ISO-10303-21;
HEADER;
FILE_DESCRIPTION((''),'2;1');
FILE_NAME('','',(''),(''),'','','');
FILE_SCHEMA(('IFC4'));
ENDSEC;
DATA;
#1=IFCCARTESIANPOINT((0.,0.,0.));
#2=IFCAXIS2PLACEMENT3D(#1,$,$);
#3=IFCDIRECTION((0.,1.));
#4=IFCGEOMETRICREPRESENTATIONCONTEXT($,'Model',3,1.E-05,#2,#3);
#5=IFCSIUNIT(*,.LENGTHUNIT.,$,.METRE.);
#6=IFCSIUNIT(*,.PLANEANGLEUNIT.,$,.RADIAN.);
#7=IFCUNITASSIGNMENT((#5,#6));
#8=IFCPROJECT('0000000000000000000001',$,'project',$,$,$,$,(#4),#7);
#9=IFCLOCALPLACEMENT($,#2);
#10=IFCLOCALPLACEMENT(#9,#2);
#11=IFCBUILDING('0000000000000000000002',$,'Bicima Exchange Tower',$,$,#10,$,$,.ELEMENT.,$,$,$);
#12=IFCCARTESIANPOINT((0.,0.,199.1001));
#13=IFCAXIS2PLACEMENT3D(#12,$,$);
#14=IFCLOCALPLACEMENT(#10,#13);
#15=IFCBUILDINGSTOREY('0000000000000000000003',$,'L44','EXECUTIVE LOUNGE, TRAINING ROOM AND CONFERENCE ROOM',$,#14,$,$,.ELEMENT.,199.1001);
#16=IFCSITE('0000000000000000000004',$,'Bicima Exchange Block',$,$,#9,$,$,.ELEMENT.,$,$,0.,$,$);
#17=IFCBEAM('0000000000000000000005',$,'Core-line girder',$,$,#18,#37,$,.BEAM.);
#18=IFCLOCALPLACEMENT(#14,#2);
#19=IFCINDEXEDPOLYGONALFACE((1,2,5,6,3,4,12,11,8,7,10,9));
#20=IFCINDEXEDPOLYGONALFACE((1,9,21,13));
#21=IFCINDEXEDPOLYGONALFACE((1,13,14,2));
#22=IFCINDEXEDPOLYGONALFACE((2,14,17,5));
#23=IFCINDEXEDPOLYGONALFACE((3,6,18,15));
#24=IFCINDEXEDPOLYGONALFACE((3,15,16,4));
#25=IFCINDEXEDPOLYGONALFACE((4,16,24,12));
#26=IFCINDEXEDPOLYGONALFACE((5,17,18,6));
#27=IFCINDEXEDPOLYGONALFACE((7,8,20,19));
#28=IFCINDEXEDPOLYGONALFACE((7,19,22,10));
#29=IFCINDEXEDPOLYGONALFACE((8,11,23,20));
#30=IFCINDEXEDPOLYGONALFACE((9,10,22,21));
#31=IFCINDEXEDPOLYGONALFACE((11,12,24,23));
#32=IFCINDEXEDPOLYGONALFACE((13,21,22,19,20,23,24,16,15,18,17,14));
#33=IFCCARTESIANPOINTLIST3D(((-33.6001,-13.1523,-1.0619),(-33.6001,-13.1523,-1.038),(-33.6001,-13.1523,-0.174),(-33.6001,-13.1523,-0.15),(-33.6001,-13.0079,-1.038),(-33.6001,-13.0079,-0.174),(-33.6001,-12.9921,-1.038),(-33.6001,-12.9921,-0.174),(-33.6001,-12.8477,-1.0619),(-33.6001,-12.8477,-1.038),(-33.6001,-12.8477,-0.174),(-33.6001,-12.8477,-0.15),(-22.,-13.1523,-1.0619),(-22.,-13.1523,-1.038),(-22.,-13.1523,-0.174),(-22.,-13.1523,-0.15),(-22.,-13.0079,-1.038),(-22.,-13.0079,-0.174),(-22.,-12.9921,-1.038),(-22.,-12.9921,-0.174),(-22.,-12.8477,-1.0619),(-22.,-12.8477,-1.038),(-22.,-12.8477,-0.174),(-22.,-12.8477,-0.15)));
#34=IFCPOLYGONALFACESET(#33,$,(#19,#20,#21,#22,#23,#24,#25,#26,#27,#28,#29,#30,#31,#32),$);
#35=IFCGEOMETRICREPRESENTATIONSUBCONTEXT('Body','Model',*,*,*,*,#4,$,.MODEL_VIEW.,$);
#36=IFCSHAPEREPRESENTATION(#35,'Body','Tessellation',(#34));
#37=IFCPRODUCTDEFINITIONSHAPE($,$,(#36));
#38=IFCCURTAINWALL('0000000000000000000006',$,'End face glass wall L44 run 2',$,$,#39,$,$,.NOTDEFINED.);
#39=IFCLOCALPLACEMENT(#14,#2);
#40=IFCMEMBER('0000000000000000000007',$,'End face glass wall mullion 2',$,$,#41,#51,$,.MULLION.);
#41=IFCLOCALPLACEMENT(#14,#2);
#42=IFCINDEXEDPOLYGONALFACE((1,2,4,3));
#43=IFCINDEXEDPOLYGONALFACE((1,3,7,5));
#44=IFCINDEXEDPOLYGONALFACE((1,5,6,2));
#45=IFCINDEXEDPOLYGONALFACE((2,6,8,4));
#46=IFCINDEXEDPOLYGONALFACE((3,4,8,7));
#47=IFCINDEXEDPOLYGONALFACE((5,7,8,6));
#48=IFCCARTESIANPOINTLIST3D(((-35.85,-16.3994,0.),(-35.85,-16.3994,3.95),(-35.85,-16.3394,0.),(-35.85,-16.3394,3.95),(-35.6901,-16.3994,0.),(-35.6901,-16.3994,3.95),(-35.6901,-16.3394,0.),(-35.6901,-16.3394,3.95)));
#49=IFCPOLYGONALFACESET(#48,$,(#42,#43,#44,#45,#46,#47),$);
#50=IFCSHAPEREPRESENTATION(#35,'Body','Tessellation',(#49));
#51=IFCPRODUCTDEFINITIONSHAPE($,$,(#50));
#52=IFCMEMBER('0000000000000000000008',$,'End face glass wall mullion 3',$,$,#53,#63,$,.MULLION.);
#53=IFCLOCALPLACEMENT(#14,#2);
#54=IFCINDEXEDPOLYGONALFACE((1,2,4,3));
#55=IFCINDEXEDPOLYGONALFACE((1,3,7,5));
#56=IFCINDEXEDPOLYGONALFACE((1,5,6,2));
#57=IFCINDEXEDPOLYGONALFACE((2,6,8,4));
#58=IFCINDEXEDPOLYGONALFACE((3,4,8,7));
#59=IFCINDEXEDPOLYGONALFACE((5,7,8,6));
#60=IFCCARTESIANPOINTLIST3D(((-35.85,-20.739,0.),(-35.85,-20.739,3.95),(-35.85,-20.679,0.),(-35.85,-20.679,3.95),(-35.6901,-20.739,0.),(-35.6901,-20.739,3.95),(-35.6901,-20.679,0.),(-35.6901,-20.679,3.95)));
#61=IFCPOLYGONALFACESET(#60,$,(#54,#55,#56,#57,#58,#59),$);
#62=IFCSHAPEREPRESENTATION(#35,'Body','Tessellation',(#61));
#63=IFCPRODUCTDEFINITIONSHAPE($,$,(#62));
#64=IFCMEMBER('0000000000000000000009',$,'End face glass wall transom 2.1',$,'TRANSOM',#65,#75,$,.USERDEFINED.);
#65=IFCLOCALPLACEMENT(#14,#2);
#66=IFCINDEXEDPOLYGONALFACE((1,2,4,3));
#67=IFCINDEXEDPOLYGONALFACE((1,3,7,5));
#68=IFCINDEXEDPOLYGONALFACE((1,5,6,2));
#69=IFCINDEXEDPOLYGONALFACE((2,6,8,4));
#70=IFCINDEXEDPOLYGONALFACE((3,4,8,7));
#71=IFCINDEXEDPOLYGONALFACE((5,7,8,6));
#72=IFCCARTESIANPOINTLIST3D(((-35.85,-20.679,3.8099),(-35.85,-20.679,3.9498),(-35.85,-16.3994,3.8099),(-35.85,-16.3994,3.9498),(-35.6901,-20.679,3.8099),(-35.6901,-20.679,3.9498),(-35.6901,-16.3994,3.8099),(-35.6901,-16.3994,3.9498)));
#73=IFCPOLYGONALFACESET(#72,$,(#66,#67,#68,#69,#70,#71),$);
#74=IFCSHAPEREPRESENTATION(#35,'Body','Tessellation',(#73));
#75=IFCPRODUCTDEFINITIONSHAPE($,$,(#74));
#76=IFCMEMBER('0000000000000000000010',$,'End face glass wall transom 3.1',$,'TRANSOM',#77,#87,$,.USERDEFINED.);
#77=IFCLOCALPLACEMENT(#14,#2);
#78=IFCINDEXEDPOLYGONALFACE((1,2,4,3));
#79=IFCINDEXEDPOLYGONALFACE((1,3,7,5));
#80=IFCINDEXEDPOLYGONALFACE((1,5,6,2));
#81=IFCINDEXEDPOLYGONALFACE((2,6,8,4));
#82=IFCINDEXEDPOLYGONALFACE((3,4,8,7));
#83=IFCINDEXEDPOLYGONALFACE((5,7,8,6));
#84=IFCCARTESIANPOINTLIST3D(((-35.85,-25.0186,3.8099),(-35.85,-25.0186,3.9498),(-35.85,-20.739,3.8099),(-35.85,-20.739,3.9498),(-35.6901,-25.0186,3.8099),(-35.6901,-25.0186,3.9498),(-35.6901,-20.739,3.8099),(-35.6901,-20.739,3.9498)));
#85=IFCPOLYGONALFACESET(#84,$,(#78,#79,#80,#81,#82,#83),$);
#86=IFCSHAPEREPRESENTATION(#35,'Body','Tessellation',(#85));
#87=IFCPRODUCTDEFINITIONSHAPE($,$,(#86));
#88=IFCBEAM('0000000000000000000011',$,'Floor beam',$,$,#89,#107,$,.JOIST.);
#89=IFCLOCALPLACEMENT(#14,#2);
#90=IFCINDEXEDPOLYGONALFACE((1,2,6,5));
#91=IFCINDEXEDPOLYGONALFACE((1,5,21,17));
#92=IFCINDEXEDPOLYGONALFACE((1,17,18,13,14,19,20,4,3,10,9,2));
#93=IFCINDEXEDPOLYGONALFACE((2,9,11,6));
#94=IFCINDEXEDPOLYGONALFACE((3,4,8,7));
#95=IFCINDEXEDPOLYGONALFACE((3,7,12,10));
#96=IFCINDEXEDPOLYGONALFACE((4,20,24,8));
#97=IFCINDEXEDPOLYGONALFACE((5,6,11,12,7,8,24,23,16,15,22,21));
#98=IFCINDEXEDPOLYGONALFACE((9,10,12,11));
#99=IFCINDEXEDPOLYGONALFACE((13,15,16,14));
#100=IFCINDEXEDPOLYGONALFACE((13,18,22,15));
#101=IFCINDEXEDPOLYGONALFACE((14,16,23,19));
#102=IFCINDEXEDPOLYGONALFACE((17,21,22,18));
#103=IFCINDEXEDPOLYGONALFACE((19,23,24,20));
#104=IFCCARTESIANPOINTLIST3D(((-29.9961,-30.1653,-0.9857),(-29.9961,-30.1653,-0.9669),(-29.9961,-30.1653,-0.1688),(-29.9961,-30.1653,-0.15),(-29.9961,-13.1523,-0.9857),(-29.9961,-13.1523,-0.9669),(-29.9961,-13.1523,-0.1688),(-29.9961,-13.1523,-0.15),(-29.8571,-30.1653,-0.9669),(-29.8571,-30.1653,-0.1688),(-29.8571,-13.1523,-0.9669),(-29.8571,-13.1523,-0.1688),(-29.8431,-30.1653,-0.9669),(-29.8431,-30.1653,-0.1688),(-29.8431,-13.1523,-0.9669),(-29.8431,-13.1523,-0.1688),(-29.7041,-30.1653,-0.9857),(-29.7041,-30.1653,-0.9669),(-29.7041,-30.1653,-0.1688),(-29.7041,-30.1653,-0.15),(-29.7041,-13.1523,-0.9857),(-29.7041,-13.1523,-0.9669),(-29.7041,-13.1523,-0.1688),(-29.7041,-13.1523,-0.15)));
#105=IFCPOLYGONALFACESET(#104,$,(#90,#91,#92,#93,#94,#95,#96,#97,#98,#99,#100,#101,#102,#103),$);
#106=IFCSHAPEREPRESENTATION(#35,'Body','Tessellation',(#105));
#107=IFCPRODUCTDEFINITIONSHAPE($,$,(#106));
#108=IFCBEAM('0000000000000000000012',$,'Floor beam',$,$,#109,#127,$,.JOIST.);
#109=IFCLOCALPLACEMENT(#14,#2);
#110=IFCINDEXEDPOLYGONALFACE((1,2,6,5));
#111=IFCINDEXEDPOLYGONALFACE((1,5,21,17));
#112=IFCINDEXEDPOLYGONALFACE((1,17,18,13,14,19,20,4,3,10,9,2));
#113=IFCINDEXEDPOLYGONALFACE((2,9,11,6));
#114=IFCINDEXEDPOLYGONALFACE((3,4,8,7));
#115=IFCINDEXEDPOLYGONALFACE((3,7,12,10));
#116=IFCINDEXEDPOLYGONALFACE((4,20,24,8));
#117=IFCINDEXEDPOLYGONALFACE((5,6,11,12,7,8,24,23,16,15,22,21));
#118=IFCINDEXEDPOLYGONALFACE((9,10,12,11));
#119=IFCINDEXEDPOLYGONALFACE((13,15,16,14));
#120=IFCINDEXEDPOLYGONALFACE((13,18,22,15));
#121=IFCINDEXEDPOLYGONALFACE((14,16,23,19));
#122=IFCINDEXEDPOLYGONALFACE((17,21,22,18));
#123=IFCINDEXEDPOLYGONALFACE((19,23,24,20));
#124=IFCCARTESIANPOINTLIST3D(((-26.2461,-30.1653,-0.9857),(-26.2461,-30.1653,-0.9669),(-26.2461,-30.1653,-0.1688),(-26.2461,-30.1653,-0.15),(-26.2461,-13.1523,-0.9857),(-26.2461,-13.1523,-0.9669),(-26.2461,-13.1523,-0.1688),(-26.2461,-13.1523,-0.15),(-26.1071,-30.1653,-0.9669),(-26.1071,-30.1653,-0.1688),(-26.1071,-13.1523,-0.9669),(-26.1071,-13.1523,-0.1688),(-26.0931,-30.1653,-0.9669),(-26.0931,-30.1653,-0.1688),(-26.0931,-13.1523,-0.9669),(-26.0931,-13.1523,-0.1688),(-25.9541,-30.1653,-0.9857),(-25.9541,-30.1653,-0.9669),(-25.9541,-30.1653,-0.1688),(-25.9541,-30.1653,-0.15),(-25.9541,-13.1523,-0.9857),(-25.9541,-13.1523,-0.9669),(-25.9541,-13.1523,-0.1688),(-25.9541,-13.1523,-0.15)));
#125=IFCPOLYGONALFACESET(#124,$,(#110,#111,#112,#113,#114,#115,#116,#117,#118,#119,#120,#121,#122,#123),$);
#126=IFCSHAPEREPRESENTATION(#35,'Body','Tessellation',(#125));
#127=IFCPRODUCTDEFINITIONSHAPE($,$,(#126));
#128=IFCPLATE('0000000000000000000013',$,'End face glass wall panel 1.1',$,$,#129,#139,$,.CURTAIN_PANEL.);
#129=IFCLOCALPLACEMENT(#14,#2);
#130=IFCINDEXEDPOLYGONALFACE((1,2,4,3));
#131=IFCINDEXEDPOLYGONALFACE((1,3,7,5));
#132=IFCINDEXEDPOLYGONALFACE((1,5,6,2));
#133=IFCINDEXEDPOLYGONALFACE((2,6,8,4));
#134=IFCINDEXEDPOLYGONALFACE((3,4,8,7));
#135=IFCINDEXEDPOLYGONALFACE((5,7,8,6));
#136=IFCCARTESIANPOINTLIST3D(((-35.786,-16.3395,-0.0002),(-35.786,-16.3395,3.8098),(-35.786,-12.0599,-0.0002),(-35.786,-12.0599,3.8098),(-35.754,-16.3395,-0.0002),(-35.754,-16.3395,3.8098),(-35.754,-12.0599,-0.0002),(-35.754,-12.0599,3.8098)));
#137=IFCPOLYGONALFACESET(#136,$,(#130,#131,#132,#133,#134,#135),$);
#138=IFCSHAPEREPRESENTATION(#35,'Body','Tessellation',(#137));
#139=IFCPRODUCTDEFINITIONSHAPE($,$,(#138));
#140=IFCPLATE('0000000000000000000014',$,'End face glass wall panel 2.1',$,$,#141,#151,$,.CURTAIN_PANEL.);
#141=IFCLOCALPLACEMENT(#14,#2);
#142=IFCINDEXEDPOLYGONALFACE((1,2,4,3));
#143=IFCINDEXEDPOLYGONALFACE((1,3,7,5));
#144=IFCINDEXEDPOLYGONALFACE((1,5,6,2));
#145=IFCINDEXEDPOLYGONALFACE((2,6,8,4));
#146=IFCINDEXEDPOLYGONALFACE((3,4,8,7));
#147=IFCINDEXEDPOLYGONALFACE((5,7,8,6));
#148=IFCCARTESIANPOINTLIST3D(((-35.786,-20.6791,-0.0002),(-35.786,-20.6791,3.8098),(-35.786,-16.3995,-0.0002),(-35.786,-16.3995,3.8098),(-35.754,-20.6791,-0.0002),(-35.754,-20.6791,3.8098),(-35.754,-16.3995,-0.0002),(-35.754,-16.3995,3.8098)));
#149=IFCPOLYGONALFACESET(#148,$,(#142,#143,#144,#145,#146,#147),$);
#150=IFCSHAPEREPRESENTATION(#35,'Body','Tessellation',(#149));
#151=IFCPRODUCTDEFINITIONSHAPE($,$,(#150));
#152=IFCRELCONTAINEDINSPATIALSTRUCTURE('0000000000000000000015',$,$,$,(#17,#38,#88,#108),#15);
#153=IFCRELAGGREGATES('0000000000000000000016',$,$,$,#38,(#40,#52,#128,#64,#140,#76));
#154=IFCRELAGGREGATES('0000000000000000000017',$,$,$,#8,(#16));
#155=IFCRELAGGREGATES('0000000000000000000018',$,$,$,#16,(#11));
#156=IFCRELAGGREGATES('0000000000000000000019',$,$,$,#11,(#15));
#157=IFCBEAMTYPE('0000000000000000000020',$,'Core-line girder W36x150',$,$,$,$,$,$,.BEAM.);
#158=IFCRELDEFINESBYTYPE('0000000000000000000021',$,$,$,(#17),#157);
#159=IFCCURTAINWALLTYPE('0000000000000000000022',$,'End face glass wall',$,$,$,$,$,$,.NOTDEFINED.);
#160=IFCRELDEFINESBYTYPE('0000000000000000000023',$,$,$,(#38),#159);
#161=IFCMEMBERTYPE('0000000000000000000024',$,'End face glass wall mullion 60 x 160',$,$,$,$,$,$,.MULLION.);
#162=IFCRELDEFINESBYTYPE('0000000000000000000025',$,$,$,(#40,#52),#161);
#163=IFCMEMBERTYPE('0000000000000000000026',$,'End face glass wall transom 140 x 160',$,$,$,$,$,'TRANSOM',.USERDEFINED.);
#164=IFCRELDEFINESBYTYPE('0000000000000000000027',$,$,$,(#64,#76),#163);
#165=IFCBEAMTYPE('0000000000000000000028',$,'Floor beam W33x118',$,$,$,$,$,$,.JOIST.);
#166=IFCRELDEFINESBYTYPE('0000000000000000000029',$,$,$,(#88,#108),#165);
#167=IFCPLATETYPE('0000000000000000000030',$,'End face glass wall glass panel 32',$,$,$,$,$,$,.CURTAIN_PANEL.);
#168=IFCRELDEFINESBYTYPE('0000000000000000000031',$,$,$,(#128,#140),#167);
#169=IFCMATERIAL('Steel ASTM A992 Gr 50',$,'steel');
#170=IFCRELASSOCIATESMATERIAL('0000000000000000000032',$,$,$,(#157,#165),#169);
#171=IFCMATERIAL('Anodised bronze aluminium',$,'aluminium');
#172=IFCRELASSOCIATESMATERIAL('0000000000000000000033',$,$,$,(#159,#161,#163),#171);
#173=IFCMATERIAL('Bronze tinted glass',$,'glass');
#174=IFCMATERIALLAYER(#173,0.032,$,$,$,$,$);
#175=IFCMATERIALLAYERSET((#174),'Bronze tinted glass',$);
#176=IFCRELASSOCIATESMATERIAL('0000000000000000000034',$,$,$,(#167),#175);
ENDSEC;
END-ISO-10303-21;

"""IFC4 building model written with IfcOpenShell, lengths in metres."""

from ifc_helpers import new_model, si_unit, direction, frame, origin, origin_2d, place, context, subcontext, project, spatial, rectangle, i_section, extrude, material, layer, layer_set, material_profile, profile_set, type_object, element, aggregate, save


model = new_model("IFC4")

# Units and contexts
model_context = context("Model", 3, precision=1e-05, world=origin(), true_north=direction((0.0, 1.0)))
body_context = subcontext(model_context, "Body", "Model", "MODEL_VIEW")
ifc_project = project(units=[si_unit("LENGTHUNIT", "METRE"), si_unit("PLANEANGLEUNIT", "RADIAN")], contexts=[model_context])

# Site, building, storey
site_placement = place(None, origin())
site = spatial("IfcSite", under=ifc_project, at=site_placement, Name="Bicima Exchange Block", CompositionType="ELEMENT", RefElevation=0.0)
building_placement = place(site_placement, origin())
building = spatial("IfcBuilding", under=site, at=building_placement, Name="Bicima Exchange Tower", CompositionType="ELEMENT")
storey_placement = place(building_placement, frame((0.0, 0.0, 199.1001)))
storey = spatial("IfcBuildingStorey", under=building, at=storey_placement, Name="L44", Description="EXECUTIVE LOUNGE, TRAINING ROOM AND CONFERENCE ROOM", CompositionType="ELEMENT", Elevation=199.1001)

# Beam
ifc_material_1 = material(Name="Steel ASTM A992 Gr 50", Category="steel")
ifc_material_profile_1 = material_profile(ifc_material_1, i_section(OverallWidth=0.3047, OverallDepth=0.9119, WebThickness=0.0159, FlangeThickness=0.0239, at=origin_2d()))
ifc_profile_set_1 = profile_set([ifc_material_profile_1], Name="Steel ASTM A992 Gr 50")
beam_type_1 = type_object("IfcBeamType", Name="Core-line girder W36x150", PredefinedType="BEAM", material=ifc_profile_set_1)
beam_placement = place(storey_placement, frame((-22.0, -13.0, -0.606), z_axis=(-1.0, 0.0, 0.0), x_axis=(0.0, -1.0, 0.0)))
element("IfcBeam", 1, at=beam_placement, inside=storey, type_object=beam_type_1, Name="Core-line girder", PredefinedType="BEAM", context=body_context, shape_type="SweptSolid", body=[
    extrude(i_section(OverallWidth=0.3047, OverallDepth=0.9119, WebThickness=0.0159, FlangeThickness=0.0239, at=origin_2d()), origin(), (0.0, 0.0, 1.0), 11.6001),
])

# Curtain wall, members
ifc_material_2 = material(Name="Anodised bronze aluminium", Category="aluminium")
curtain_wall_type = type_object("IfcCurtainWallType", Name="End face glass wall", PredefinedType="NOTDEFINED", material=ifc_material_2)
curtain_wall_placement = place(storey_placement, origin())
curtain_wall = element("IfcCurtainWall", 2, at=curtain_wall_placement, inside=storey, type_object=curtain_wall_type, Name="End face glass wall L44 run 2", PredefinedType="NOTDEFINED")
ifc_material_profile_2 = material_profile(ifc_material_2, rectangle(XDim=0.1599, YDim=0.0601, at=origin_2d()))
ifc_profile_set_2 = profile_set([ifc_material_profile_2], Name="Anodised bronze aluminium")
member_type_1 = type_object("IfcMemberType", Name="End face glass wall mullion 60 x 160", PredefinedType="MULLION", material=ifc_profile_set_2)
member_1_placement = place(storey_placement, frame((-35.77, -16.3694, 0.0), z_axis=(0.0, 0.0, 1.0), x_axis=(1.0, 0.0, 0.0)))
member_1 = element("IfcMember", 3, at=member_1_placement, type_object=member_type_1, Name="End face glass wall mullion 2", PredefinedType="MULLION", context=body_context, shape_type="SweptSolid", body=[
    extrude(rectangle(XDim=0.1599, YDim=0.0601, at=origin_2d()), origin(), (0.0, 0.0, 1.0), 3.95),
])
member_2_placement = place(storey_placement, frame((-35.77, -20.709, 0.0), z_axis=(0.0, 0.0, 1.0), x_axis=(1.0, 0.0, 0.0)))
member_2 = element("IfcMember", 4, at=member_2_placement, type_object=member_type_1, Name="End face glass wall mullion 3", PredefinedType="MULLION", context=body_context, shape_type="SweptSolid", body=[
    extrude(rectangle(XDim=0.1599, YDim=0.0601, at=origin_2d()), origin(), (0.0, 0.0, 1.0), 3.95),
])
ifc_material_profile_3 = material_profile(ifc_material_2, rectangle(XDim=0.1599, YDim=0.1399, at=origin_2d()))
ifc_profile_set_3 = profile_set([ifc_material_profile_3], Name="Anodised bronze aluminium")
member_type_2 = type_object("IfcMemberType", Name="End face glass wall transom 140 x 160", ElementType="TRANSOM", PredefinedType="USERDEFINED", material=ifc_profile_set_3)
member_3_placement = place(storey_placement, frame((-35.77, -16.3994, 3.8799), z_axis=(0.0, -1.0, 0.0), x_axis=(1.0, 0.0, 0.0)))
member_3 = element("IfcMember", 5, at=member_3_placement, type_object=member_type_2, Name="End face glass wall transom 2.1", ObjectType="TRANSOM", PredefinedType="USERDEFINED", context=body_context, shape_type="SweptSolid", body=[
    extrude(rectangle(XDim=0.1599, YDim=0.1399, at=origin_2d()), origin(), (0.0, 0.0, 1.0), 4.2795),
])
member_4_placement = place(storey_placement, frame((-35.77, -20.739, 3.8799), z_axis=(0.0, -1.0, 0.0), x_axis=(1.0, 0.0, 0.0)))
member_4 = element("IfcMember", 6, at=member_4_placement, type_object=member_type_2, Name="End face glass wall transom 3.1", ObjectType="TRANSOM", PredefinedType="USERDEFINED", context=body_context, shape_type="SweptSolid", body=[
    extrude(rectangle(XDim=0.1599, YDim=0.1399, at=origin_2d()), origin(), (0.0, 0.0, 1.0), 4.2795),
])

# Beams
ifc_material_profile_4 = material_profile(ifc_material_1, i_section(OverallWidth=0.292, OverallDepth=0.8357, WebThickness=0.0139, FlangeThickness=0.0188, at=origin_2d()))
ifc_profile_set_4 = profile_set([ifc_material_profile_4], Name="Steel ASTM A992 Gr 50")
beam_type_2 = type_object("IfcBeamType", Name="Floor beam W33x118", PredefinedType="JOIST", material=ifc_profile_set_4)
for number, where, z_axis, x_axis, name in (
    (7, (-29.8501, -13.1523, -0.5679), (0.0, -1.0, 0.0), (1.0, 0.0, 0.0), "Floor beam"),
    (8, (-26.1001, -13.1523, -0.5679), (0.0, -1.0, 0.0), (1.0, 0.0, 0.0), "Floor beam"),
):
    element("IfcBeam", number, at=place(storey_placement, frame(where, z_axis=z_axis, x_axis=x_axis)), inside=storey, type_object=beam_type_2, Name=name, PredefinedType="JOIST", context=body_context, shape_type="SweptSolid", body=[
        extrude(i_section(OverallWidth=0.292, OverallDepth=0.8357, WebThickness=0.0139, FlangeThickness=0.0188, at=origin_2d()), origin(), (0.0, 0.0, 1.0), 17.0129),
    ])

# Plates
ifc_material_3 = material(Name="Bronze tinted glass", Category="glass")
ifc_layer_1 = layer(ifc_material_3, 0.032)
ifc_layer_set_1 = layer_set([ifc_layer_1], Name="Bronze tinted glass")
plate_type = type_object("IfcPlateType", Name="End face glass wall glass panel 32", PredefinedType="CURTAIN_PANEL", material=ifc_layer_set_1)
plate_1_placement = place(storey_placement, frame((-35.77, -14.1997, -0.0002), z_axis=(0.0, 0.0, 1.0), x_axis=(0.0, -1.0, 0.0)))
plate_1 = element("IfcPlate", 9, at=plate_1_placement, type_object=plate_type, Name="End face glass wall panel 1.1", PredefinedType="CURTAIN_PANEL", context=body_context, shape_type="SweptSolid", body=[
    extrude(rectangle(XDim=4.2795, YDim=0.032, at=origin_2d()), origin(), (0.0, 0.0, 1.0), 3.8101),
])
plate_2_placement = place(storey_placement, frame((-35.77, -18.5393, -0.0002), z_axis=(0.0, 0.0, 1.0), x_axis=(0.0, -1.0, 0.0)))
plate_2 = element("IfcPlate", 10, at=plate_2_placement, type_object=plate_type, Name="End face glass wall panel 2.1", PredefinedType="CURTAIN_PANEL", context=body_context, shape_type="SweptSolid", body=[
    extrude(rectangle(XDim=4.2795, YDim=0.032, at=origin_2d()), origin(), (0.0, 0.0, 1.0), 3.8101),
])
aggregate(curtain_wall, [member_1, member_2, plate_1, member_3, plate_2, member_4])

save(model, "model.ifc")
